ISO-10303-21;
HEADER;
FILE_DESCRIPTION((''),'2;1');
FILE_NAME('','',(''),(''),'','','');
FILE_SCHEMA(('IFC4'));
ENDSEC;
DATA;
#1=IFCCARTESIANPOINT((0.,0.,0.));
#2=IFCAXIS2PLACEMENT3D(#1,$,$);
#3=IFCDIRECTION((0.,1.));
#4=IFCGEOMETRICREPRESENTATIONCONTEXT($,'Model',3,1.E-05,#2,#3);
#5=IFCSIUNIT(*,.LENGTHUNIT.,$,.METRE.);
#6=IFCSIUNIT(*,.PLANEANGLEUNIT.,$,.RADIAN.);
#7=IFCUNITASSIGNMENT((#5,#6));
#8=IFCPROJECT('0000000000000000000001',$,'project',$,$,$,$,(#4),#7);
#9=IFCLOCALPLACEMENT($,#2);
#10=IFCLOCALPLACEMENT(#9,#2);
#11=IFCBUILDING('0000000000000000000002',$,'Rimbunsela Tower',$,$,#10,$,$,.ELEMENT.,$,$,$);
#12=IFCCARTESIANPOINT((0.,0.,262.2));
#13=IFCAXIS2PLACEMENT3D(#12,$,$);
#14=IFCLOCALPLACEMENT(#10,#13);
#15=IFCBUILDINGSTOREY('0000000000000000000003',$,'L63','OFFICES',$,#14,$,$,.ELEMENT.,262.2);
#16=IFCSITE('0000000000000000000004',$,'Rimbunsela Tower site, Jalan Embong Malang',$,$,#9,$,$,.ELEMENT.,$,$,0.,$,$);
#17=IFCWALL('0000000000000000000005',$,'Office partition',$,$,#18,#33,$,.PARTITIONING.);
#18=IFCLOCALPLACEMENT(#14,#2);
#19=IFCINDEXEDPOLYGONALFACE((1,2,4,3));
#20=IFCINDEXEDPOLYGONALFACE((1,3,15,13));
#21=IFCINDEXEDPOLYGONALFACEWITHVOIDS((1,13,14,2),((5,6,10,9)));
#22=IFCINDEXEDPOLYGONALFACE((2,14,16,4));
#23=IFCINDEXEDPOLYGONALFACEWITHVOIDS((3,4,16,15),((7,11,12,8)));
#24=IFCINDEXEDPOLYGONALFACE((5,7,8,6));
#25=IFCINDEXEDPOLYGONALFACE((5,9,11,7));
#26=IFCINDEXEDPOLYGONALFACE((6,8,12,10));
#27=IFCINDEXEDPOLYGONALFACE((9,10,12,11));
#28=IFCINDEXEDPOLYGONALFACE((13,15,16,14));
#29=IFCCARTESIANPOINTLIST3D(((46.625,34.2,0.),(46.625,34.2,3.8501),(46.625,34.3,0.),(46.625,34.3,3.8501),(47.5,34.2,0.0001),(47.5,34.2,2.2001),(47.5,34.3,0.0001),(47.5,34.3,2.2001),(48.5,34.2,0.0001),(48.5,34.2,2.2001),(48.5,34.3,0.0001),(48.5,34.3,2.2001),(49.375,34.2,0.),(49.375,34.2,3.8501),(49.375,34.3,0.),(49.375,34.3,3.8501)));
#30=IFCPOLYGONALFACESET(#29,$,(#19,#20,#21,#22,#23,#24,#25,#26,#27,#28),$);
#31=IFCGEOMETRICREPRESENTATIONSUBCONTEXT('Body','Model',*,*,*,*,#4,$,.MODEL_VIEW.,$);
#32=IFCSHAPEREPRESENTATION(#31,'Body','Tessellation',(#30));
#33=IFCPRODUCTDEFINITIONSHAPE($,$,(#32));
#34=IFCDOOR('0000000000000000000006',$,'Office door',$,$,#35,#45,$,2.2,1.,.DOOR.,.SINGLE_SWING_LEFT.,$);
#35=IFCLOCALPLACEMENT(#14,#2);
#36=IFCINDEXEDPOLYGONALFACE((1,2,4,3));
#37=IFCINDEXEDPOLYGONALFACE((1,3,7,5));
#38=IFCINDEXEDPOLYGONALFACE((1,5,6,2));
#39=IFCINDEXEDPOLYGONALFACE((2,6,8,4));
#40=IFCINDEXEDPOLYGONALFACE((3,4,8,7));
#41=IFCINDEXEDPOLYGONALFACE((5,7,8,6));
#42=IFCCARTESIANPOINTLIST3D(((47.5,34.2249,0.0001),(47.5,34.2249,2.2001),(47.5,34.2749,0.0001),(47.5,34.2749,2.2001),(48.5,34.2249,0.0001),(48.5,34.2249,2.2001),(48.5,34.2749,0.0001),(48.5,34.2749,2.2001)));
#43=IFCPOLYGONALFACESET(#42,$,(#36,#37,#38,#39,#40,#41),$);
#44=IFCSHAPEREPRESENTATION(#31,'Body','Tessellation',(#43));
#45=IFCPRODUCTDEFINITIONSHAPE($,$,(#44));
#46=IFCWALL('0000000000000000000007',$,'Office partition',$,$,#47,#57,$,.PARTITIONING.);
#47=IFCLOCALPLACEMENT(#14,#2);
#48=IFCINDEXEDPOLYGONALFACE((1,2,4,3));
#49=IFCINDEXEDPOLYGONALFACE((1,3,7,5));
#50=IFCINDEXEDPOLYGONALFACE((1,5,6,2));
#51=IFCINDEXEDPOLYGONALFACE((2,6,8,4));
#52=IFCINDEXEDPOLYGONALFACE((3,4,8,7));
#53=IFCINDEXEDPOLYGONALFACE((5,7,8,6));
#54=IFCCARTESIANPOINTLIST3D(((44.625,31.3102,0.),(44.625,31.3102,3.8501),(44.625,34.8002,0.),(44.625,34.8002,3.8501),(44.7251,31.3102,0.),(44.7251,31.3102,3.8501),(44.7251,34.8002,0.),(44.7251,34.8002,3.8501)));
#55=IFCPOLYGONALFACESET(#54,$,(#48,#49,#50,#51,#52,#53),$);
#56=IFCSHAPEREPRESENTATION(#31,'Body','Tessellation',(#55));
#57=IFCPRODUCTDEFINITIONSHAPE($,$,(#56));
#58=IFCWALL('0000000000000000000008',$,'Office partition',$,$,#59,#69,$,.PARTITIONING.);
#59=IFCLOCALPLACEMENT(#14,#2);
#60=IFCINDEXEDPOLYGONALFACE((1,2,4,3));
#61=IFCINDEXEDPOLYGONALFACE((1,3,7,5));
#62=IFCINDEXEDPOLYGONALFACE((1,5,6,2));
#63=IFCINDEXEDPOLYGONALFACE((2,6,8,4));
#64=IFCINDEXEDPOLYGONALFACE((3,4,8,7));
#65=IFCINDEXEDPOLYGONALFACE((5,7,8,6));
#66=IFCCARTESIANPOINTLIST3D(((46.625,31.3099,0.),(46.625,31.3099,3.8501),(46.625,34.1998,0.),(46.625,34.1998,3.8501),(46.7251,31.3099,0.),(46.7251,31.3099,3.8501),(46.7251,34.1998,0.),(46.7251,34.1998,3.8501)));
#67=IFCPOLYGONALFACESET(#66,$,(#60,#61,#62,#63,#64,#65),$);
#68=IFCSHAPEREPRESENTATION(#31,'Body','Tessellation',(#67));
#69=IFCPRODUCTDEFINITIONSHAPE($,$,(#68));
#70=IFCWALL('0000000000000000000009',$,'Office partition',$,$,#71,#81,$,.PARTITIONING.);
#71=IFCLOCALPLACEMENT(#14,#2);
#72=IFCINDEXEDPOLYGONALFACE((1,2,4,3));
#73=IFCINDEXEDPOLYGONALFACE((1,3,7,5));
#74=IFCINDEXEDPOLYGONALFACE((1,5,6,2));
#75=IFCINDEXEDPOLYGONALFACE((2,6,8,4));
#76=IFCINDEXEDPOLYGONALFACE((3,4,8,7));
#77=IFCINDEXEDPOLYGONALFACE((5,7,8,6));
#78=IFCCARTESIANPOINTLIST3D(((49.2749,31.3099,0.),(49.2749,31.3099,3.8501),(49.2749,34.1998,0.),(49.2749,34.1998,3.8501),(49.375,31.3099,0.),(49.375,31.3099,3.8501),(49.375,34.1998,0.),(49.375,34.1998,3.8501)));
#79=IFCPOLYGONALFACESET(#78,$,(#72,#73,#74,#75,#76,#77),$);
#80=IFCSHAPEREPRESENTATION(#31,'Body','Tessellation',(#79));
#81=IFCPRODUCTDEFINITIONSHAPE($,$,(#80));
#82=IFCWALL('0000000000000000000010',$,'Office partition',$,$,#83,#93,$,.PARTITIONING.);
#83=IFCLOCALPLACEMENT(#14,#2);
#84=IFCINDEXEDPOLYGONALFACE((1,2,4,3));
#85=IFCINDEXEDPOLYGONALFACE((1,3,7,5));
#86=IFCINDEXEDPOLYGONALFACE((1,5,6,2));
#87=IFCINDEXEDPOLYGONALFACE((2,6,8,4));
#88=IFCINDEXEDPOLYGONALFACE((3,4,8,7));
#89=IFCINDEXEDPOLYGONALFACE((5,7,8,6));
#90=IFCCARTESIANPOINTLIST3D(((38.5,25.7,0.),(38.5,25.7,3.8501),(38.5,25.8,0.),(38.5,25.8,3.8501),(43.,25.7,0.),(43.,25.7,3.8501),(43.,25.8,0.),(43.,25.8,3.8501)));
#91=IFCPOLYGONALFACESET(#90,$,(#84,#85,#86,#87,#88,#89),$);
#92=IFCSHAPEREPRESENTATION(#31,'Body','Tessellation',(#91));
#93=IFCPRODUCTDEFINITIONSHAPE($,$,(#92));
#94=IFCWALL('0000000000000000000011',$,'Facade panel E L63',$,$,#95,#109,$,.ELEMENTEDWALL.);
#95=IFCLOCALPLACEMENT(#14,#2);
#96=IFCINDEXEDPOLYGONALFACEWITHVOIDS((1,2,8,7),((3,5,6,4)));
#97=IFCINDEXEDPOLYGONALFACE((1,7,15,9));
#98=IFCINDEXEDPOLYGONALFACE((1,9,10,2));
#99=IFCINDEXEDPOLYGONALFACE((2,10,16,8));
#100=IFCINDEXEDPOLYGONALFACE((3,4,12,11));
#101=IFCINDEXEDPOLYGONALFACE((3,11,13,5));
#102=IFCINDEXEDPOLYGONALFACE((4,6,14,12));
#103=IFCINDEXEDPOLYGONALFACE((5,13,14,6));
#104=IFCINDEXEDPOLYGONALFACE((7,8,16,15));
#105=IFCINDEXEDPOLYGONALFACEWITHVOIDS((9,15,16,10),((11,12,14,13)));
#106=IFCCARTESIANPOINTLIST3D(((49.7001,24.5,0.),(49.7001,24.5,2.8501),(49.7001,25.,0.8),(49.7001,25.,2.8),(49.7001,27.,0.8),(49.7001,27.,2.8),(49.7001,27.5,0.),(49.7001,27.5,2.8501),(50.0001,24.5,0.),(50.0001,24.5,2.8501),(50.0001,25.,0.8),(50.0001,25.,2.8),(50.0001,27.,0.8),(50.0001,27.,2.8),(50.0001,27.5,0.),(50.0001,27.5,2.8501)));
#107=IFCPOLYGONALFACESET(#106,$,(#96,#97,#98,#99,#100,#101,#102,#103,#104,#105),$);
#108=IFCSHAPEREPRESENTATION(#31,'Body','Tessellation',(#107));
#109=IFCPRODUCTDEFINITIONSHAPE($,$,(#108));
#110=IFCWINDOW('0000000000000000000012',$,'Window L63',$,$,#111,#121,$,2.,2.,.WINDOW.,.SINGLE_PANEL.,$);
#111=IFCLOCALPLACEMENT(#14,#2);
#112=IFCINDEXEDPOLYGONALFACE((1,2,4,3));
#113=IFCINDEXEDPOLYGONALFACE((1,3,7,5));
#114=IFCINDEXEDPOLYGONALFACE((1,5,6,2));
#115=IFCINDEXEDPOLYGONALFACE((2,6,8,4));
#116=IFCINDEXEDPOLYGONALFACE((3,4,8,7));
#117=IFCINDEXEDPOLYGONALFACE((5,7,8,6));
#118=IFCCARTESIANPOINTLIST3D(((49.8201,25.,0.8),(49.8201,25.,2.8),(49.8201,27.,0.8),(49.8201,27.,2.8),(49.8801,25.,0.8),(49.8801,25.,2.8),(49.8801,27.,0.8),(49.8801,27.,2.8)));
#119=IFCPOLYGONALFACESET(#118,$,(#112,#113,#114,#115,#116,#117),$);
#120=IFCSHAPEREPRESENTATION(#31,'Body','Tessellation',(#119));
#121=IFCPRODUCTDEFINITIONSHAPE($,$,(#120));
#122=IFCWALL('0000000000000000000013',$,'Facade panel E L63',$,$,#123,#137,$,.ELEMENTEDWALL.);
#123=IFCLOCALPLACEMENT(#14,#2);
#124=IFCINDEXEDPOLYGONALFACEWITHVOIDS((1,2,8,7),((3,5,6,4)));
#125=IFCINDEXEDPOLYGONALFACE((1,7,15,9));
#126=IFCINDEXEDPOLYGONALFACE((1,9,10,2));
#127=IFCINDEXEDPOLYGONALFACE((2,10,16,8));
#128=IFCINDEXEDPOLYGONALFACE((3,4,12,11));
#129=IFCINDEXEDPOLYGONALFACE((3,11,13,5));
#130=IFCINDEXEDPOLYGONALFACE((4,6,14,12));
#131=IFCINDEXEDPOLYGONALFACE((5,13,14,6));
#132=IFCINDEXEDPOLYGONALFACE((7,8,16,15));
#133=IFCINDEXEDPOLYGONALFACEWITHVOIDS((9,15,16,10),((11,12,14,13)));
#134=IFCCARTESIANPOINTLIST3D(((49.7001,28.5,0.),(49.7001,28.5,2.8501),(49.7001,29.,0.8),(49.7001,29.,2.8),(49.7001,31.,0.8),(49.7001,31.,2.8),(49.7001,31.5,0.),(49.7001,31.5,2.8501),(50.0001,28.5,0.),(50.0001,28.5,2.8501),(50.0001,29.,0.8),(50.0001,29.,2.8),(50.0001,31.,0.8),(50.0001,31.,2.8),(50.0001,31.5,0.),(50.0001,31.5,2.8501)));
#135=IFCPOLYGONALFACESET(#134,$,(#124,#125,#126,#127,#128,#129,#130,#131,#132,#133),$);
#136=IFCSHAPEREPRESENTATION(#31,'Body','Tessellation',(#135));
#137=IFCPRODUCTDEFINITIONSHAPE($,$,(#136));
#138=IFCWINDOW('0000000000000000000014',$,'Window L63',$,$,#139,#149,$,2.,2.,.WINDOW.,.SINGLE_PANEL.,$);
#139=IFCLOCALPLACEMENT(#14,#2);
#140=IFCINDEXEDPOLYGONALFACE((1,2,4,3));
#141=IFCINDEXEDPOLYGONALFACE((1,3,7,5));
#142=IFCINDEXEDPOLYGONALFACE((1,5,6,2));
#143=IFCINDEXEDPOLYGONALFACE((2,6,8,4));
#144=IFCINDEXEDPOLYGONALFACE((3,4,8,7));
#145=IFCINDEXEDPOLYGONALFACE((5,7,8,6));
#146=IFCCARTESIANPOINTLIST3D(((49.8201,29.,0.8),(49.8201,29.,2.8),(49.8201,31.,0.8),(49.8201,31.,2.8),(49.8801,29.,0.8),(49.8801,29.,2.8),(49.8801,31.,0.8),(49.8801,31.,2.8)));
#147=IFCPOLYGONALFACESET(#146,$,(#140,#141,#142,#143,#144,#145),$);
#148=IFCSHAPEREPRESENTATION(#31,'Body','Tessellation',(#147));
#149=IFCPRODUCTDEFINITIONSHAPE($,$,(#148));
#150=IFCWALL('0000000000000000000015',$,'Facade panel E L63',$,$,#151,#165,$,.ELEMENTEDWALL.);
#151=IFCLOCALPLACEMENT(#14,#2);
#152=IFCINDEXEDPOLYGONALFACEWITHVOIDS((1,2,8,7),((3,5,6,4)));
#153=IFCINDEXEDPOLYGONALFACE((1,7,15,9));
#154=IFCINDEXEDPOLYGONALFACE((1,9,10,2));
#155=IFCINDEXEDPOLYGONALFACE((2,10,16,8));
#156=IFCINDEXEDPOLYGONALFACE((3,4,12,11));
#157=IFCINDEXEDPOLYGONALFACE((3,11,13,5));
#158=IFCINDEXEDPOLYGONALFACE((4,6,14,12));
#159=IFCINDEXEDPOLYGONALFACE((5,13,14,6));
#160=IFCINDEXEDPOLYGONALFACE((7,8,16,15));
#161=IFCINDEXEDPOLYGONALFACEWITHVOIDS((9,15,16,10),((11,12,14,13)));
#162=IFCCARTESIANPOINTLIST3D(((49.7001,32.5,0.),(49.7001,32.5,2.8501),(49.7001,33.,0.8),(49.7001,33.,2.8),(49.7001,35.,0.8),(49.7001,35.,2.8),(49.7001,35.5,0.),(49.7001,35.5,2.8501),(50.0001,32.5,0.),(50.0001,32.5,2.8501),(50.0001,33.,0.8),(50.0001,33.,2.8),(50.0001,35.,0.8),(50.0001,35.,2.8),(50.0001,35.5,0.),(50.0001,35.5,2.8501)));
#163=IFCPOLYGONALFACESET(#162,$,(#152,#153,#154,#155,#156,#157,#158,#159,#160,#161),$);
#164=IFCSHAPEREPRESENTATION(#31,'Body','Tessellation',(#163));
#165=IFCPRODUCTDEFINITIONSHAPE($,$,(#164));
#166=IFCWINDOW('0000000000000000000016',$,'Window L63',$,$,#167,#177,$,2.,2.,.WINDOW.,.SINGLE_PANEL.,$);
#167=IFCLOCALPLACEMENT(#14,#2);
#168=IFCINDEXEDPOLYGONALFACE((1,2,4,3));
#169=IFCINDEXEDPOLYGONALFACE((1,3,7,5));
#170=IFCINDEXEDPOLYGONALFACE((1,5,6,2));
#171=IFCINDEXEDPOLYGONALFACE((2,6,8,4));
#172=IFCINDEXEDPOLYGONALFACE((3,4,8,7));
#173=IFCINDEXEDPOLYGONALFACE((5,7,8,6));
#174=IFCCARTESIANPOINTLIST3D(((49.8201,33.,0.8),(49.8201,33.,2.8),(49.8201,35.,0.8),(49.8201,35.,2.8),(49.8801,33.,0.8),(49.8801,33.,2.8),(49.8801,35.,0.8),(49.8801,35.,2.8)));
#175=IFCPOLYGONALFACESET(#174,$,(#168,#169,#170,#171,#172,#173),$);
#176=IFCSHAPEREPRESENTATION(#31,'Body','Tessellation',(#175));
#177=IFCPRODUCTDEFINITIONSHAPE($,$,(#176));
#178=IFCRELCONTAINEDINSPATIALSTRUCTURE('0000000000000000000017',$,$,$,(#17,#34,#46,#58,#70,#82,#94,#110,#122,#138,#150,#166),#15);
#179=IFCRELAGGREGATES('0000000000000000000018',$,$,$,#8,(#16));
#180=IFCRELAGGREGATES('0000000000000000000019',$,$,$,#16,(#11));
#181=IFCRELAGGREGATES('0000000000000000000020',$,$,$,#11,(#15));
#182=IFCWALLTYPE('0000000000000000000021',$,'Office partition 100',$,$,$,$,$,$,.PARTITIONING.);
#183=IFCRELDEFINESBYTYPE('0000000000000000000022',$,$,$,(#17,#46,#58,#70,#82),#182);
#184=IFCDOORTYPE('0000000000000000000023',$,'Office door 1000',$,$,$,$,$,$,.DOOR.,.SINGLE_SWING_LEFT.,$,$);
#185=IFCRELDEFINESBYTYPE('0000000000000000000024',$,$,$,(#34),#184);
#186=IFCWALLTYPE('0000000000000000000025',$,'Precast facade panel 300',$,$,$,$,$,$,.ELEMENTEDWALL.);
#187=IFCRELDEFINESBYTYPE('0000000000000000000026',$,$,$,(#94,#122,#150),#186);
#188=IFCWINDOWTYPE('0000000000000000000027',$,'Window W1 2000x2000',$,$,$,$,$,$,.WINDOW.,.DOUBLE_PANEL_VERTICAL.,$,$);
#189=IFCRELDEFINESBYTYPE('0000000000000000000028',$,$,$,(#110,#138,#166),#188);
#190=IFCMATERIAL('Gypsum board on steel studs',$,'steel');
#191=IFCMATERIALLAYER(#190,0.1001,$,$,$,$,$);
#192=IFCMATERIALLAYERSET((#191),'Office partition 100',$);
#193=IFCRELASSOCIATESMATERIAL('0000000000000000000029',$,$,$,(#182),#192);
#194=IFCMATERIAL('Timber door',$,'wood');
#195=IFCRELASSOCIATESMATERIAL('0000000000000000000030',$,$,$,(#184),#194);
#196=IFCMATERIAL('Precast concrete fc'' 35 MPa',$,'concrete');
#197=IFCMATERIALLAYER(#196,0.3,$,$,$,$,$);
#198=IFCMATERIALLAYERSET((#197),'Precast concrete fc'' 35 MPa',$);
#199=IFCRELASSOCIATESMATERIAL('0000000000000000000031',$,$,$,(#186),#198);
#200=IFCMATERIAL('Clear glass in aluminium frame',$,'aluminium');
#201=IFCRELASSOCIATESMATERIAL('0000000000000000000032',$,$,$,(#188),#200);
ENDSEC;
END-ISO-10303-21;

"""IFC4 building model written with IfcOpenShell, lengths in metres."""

from ifc_helpers import new_model, si_unit, direction, frame, frame_2d, origin, place, context, subcontext, project, spatial, rectangle, extrude, material, layer, layer_set, type_object, element, fill, save


model = new_model("IFC4")

# Units and contexts
model_context = context("Model", 3, precision=1e-05, world=origin(), true_north=direction((0.0, 1.0)))
body_context = subcontext(model_context, "Body", "Model", "MODEL_VIEW")
ifc_project = project(units=[si_unit("LENGTHUNIT", "METRE"), si_unit("PLANEANGLEUNIT", "RADIAN")], contexts=[model_context])

# Site, building, storey
site_placement = place(None, origin())
site = spatial("IfcSite", under=ifc_project, at=site_placement, Name="Rimbunsela Tower site, Jalan Embong Malang", CompositionType="ELEMENT", RefElevation=0.0)
building_placement = place(site_placement, origin())
building = spatial("IfcBuilding", under=site, at=building_placement, Name="Rimbunsela Tower", CompositionType="ELEMENT")
storey_placement = place(building_placement, frame((0.0, 0.0, 262.2)))
storey = spatial("IfcBuildingStorey", under=building, at=storey_placement, Name="L63", Description="OFFICES", CompositionType="ELEMENT", Elevation=262.2)

# Wall, opening, door
ifc_material_1 = material(Name="Gypsum board on steel studs", Category="steel")
ifc_layer_1 = layer(ifc_material_1, 0.1001)
ifc_layer_set_1 = layer_set([ifc_layer_1], Name="Office partition 100")
wall_type_1 = type_object("IfcWallType", Name="Office partition 100", PredefinedType="PARTITIONING", material=ifc_layer_set_1)
wall_1_placement = place(storey_placement, frame((46.625, 34.25, 0.0), z_axis=(0.0, 0.0, 1.0), x_axis=(1.0, 0.0, 0.0)))
wall_1 = element("IfcWall", 1, at=wall_1_placement, inside=storey, type_object=wall_type_1, Name="Office partition", PredefinedType="PARTITIONING", context=body_context, shape_type="SweptSolid", body=[
    extrude(rectangle(XDim=2.75, YDim=0.1001, at=frame_2d((1.375, 0.0))), origin(), (0.0, 0.0, 1.0), 3.8501),
])
opening_1_placement = place(wall_1_placement, frame((0.875, 0.0, 0.0)))
opening_1 = element("IfcOpeningElement", 2, at=opening_1_placement, cuts=wall_1, PredefinedType="OPENING", context=body_context, shape_type="SweptSolid", body=[
    extrude(rectangle(XDim=1.0, YDim=2.2, at=frame_2d((0.5, 1.1001))), frame((0.0, 0.0601, 0.0), z_axis=(0.0, -1.0, 0.0), x_axis=(1.0, 0.0, 0.0)), (0.0, 0.0, 1.0), 0.1201),
])
ifc_material_2 = material(Name="Timber door", Category="wood")
door_type = type_object("IfcDoorType", Name="Office door 1000", OperationType="SINGLE_SWING_LEFT", PredefinedType="DOOR", material=ifc_material_2)
door_placement = place(opening_1_placement, origin())
door = element("IfcDoor", 3, at=door_placement, inside=storey, type_object=door_type, Name="Office door", OperationType="SINGLE_SWING_LEFT", OverallHeight=2.2, OverallWidth=1.0, PredefinedType="DOOR", context=body_context, shape_type="SweptSolid", body=[
    extrude(rectangle(XDim=1.0, YDim=2.2, at=frame_2d((0.5, 1.1001))), frame((0.0, 0.0249, 0.0), z_axis=(0.0, -1.0, 0.0), x_axis=(1.0, 0.0, 0.0)), (0.0, 0.0, 1.0), 0.05),
])
fill(opening_1, door)

# Walls
wall_2_placement = place(storey_placement, frame((44.675, 31.3101, 0.0), z_axis=(0.0, 0.0, 1.0), x_axis=(0.0, 1.0, 0.0)))
element("IfcWall", 4, at=wall_2_placement, inside=storey, type_object=wall_type_1, Name="Office partition", PredefinedType="PARTITIONING", context=body_context, shape_type="SweptSolid", body=[
    extrude(rectangle(XDim=3.49, YDim=0.1001, at=frame_2d((1.7451, 0.0))), origin(), (0.0, 0.0, 1.0), 3.8501),
])
for number, where, z_axis, x_axis, name in (
    (5, (46.675, 31.3101, 0.0), (0.0, 0.0, 1.0), (0.0, 1.0, 0.0), "Office partition"),
    (6, (49.325, 31.3101, 0.0), (0.0, 0.0, 1.0), (0.0, 1.0, 0.0), "Office partition"),
):
    element("IfcWall", number, at=place(storey_placement, frame(where, z_axis=z_axis, x_axis=x_axis)), inside=storey, type_object=wall_type_1, Name=name, PredefinedType="PARTITIONING", context=body_context, shape_type="SweptSolid", body=[
        extrude(rectangle(XDim=2.8899, YDim=0.1001, at=frame_2d((1.4448, 0.0))), origin(), (0.0, 0.0, 1.0), 3.8501),
    ])
wall_3_placement = place(storey_placement, frame((43.0, 25.75, 0.0), z_axis=(0.0, 0.0, 1.0), x_axis=(-1.0, 0.0, 0.0)))
element("IfcWall", 7, at=wall_3_placement, inside=storey, type_object=wall_type_1, Name="Office partition", PredefinedType="PARTITIONING", context=body_context, shape_type="SweptSolid", body=[
    extrude(rectangle(XDim=4.5, YDim=0.1001, at=frame_2d((2.25, 0.0))), origin(), (0.0, 0.0, 1.0), 3.8501),
])

# Walls, openings, windows
ifc_material_3 = material(Name="Precast concrete fc' 35 MPa", Category="concrete")
ifc_layer_2 = layer(ifc_material_3, 0.3)
ifc_layer_set_2 = layer_set([ifc_layer_2], Name="Precast concrete fc' 35 MPa")
wall_type_2 = type_object("IfcWallType", Name="Precast facade panel 300", PredefinedType="ELEMENTEDWALL", material=ifc_layer_set_2)
wall_4_placement = place(storey_placement, frame((49.8501, 24.5, 0.0), z_axis=(0.0, 0.0, 1.0), x_axis=(0.0, 1.0, 0.0)))
wall_4 = element("IfcWall", 8, at=wall_4_placement, inside=storey, type_object=wall_type_2, Name="Facade panel E L63", PredefinedType="ELEMENTEDWALL", context=body_context, shape_type="SweptSolid", body=[
    extrude(rectangle(XDim=3.0, YDim=0.3, at=frame_2d((1.5, 0.0))), origin(), (0.0, 0.0, 1.0), 2.8501),
])
opening_2_placement = place(wall_4_placement, frame((0.5, 0.0, 0.8)))
opening_2 = element("IfcOpeningElement", 9, at=opening_2_placement, cuts=wall_4, PredefinedType="OPENING", context=body_context, shape_type="SweptSolid", body=[
    extrude(rectangle(XDim=2.0, YDim=2.0, at=frame_2d((1.0, 1.0))), frame((0.0, 0.1599, 0.0), z_axis=(0.0, -1.0, 0.0), x_axis=(1.0, 0.0, 0.0)), (0.0, 0.0, 1.0), 0.3201),
])
ifc_material_4 = material(Name="Clear glass in aluminium frame", Category="aluminium")
window_type = type_object("IfcWindowType", Name="Window W1 2000x2000", PartitioningType="DOUBLE_PANEL_VERTICAL", PredefinedType="WINDOW", material=ifc_material_4)
window_1_placement = place(opening_2_placement, origin())
window_1 = element("IfcWindow", 10, at=window_1_placement, inside=storey, type_object=window_type, Name="Window L63", OverallHeight=2.0, OverallWidth=2.0, PartitioningType="SINGLE_PANEL", PredefinedType="WINDOW", context=body_context, shape_type="SweptSolid", body=[
    extrude(rectangle(XDim=2.0, YDim=2.0, at=frame_2d((1.0, 1.0))), frame((0.0, 0.03, 0.0), z_axis=(0.0, -1.0, 0.0), x_axis=(1.0, 0.0, 0.0)), (0.0, 0.0, 1.0), 0.0601),
])
fill(opening_2, window_1)
wall_5_placement = place(storey_placement, frame((49.8501, 28.5, 0.0), z_axis=(0.0, 0.0, 1.0), x_axis=(0.0, 1.0, 0.0)))
wall_5 = element("IfcWall", 11, at=wall_5_placement, inside=storey, type_object=wall_type_2, Name="Facade panel E L63", PredefinedType="ELEMENTEDWALL", context=body_context, shape_type="SweptSolid", body=[
    extrude(rectangle(XDim=3.0, YDim=0.3, at=frame_2d((1.5, 0.0))), origin(), (0.0, 0.0, 1.0), 2.8501),
])
opening_3_placement = place(wall_5_placement, frame((0.5, 0.0, 0.8)))
opening_3 = element("IfcOpeningElement", 12, at=opening_3_placement, cuts=wall_5, PredefinedType="OPENING", context=body_context, shape_type="SweptSolid", body=[
    extrude(rectangle(XDim=2.0, YDim=2.0, at=frame_2d((1.0, 1.0))), frame((0.0, 0.1599, 0.0), z_axis=(0.0, -1.0, 0.0), x_axis=(1.0, 0.0, 0.0)), (0.0, 0.0, 1.0), 0.3201),
])
window_2_placement = place(opening_3_placement, origin())
window_2 = element("IfcWindow", 13, at=window_2_placement, inside=storey, type_object=window_type, Name="Window L63", OverallHeight=2.0, OverallWidth=2.0, PartitioningType="SINGLE_PANEL", PredefinedType="WINDOW", context=body_context, shape_type="SweptSolid", body=[
    extrude(rectangle(XDim=2.0, YDim=2.0, at=frame_2d((1.0, 1.0))), frame((0.0, 0.03, 0.0), z_axis=(0.0, -1.0, 0.0), x_axis=(1.0, 0.0, 0.0)), (0.0, 0.0, 1.0), 0.0601),
])
fill(opening_3, window_2)
wall_6_placement = place(storey_placement, frame((49.8501, 32.5, 0.0), z_axis=(0.0, 0.0, 1.0), x_axis=(0.0, 1.0, 0.0)))
wall_6 = element("IfcWall", 14, at=wall_6_placement, inside=storey, type_object=wall_type_2, Name="Facade panel E L63", PredefinedType="ELEMENTEDWALL", context=body_context, shape_type="SweptSolid", body=[
    extrude(rectangle(XDim=3.0, YDim=0.3, at=frame_2d((1.5, 0.0))), origin(), (0.0, 0.0, 1.0), 2.8501),
])
opening_4_placement = place(wall_6_placement, frame((0.5, 0.0, 0.8)))
opening_4 = element("IfcOpeningElement", 15, at=opening_4_placement, cuts=wall_6, PredefinedType="OPENING", context=body_context, shape_type="SweptSolid", body=[
    extrude(rectangle(XDim=2.0, YDim=2.0, at=frame_2d((1.0, 1.0))), frame((0.0, 0.1599, 0.0), z_axis=(0.0, -1.0, 0.0), x_axis=(1.0, 0.0, 0.0)), (0.0, 0.0, 1.0), 0.3201),
])
window_3_placement = place(opening_4_placement, origin())
window_3 = element("IfcWindow", 16, at=window_3_placement, inside=storey, type_object=window_type, Name="Window L63", OverallHeight=2.0, OverallWidth=2.0, PartitioningType="SINGLE_PANEL", PredefinedType="WINDOW", context=body_context, shape_type="SweptSolid", body=[
    extrude(rectangle(XDim=2.0, YDim=2.0, at=frame_2d((1.0, 1.0))), frame((0.0, 0.03, 0.0), z_axis=(0.0, -1.0, 0.0), x_axis=(1.0, 0.0, 0.0)), (0.0, 0.0, 1.0), 0.0601),
])
fill(opening_4, window_3)

save(model, "model.ifc")
